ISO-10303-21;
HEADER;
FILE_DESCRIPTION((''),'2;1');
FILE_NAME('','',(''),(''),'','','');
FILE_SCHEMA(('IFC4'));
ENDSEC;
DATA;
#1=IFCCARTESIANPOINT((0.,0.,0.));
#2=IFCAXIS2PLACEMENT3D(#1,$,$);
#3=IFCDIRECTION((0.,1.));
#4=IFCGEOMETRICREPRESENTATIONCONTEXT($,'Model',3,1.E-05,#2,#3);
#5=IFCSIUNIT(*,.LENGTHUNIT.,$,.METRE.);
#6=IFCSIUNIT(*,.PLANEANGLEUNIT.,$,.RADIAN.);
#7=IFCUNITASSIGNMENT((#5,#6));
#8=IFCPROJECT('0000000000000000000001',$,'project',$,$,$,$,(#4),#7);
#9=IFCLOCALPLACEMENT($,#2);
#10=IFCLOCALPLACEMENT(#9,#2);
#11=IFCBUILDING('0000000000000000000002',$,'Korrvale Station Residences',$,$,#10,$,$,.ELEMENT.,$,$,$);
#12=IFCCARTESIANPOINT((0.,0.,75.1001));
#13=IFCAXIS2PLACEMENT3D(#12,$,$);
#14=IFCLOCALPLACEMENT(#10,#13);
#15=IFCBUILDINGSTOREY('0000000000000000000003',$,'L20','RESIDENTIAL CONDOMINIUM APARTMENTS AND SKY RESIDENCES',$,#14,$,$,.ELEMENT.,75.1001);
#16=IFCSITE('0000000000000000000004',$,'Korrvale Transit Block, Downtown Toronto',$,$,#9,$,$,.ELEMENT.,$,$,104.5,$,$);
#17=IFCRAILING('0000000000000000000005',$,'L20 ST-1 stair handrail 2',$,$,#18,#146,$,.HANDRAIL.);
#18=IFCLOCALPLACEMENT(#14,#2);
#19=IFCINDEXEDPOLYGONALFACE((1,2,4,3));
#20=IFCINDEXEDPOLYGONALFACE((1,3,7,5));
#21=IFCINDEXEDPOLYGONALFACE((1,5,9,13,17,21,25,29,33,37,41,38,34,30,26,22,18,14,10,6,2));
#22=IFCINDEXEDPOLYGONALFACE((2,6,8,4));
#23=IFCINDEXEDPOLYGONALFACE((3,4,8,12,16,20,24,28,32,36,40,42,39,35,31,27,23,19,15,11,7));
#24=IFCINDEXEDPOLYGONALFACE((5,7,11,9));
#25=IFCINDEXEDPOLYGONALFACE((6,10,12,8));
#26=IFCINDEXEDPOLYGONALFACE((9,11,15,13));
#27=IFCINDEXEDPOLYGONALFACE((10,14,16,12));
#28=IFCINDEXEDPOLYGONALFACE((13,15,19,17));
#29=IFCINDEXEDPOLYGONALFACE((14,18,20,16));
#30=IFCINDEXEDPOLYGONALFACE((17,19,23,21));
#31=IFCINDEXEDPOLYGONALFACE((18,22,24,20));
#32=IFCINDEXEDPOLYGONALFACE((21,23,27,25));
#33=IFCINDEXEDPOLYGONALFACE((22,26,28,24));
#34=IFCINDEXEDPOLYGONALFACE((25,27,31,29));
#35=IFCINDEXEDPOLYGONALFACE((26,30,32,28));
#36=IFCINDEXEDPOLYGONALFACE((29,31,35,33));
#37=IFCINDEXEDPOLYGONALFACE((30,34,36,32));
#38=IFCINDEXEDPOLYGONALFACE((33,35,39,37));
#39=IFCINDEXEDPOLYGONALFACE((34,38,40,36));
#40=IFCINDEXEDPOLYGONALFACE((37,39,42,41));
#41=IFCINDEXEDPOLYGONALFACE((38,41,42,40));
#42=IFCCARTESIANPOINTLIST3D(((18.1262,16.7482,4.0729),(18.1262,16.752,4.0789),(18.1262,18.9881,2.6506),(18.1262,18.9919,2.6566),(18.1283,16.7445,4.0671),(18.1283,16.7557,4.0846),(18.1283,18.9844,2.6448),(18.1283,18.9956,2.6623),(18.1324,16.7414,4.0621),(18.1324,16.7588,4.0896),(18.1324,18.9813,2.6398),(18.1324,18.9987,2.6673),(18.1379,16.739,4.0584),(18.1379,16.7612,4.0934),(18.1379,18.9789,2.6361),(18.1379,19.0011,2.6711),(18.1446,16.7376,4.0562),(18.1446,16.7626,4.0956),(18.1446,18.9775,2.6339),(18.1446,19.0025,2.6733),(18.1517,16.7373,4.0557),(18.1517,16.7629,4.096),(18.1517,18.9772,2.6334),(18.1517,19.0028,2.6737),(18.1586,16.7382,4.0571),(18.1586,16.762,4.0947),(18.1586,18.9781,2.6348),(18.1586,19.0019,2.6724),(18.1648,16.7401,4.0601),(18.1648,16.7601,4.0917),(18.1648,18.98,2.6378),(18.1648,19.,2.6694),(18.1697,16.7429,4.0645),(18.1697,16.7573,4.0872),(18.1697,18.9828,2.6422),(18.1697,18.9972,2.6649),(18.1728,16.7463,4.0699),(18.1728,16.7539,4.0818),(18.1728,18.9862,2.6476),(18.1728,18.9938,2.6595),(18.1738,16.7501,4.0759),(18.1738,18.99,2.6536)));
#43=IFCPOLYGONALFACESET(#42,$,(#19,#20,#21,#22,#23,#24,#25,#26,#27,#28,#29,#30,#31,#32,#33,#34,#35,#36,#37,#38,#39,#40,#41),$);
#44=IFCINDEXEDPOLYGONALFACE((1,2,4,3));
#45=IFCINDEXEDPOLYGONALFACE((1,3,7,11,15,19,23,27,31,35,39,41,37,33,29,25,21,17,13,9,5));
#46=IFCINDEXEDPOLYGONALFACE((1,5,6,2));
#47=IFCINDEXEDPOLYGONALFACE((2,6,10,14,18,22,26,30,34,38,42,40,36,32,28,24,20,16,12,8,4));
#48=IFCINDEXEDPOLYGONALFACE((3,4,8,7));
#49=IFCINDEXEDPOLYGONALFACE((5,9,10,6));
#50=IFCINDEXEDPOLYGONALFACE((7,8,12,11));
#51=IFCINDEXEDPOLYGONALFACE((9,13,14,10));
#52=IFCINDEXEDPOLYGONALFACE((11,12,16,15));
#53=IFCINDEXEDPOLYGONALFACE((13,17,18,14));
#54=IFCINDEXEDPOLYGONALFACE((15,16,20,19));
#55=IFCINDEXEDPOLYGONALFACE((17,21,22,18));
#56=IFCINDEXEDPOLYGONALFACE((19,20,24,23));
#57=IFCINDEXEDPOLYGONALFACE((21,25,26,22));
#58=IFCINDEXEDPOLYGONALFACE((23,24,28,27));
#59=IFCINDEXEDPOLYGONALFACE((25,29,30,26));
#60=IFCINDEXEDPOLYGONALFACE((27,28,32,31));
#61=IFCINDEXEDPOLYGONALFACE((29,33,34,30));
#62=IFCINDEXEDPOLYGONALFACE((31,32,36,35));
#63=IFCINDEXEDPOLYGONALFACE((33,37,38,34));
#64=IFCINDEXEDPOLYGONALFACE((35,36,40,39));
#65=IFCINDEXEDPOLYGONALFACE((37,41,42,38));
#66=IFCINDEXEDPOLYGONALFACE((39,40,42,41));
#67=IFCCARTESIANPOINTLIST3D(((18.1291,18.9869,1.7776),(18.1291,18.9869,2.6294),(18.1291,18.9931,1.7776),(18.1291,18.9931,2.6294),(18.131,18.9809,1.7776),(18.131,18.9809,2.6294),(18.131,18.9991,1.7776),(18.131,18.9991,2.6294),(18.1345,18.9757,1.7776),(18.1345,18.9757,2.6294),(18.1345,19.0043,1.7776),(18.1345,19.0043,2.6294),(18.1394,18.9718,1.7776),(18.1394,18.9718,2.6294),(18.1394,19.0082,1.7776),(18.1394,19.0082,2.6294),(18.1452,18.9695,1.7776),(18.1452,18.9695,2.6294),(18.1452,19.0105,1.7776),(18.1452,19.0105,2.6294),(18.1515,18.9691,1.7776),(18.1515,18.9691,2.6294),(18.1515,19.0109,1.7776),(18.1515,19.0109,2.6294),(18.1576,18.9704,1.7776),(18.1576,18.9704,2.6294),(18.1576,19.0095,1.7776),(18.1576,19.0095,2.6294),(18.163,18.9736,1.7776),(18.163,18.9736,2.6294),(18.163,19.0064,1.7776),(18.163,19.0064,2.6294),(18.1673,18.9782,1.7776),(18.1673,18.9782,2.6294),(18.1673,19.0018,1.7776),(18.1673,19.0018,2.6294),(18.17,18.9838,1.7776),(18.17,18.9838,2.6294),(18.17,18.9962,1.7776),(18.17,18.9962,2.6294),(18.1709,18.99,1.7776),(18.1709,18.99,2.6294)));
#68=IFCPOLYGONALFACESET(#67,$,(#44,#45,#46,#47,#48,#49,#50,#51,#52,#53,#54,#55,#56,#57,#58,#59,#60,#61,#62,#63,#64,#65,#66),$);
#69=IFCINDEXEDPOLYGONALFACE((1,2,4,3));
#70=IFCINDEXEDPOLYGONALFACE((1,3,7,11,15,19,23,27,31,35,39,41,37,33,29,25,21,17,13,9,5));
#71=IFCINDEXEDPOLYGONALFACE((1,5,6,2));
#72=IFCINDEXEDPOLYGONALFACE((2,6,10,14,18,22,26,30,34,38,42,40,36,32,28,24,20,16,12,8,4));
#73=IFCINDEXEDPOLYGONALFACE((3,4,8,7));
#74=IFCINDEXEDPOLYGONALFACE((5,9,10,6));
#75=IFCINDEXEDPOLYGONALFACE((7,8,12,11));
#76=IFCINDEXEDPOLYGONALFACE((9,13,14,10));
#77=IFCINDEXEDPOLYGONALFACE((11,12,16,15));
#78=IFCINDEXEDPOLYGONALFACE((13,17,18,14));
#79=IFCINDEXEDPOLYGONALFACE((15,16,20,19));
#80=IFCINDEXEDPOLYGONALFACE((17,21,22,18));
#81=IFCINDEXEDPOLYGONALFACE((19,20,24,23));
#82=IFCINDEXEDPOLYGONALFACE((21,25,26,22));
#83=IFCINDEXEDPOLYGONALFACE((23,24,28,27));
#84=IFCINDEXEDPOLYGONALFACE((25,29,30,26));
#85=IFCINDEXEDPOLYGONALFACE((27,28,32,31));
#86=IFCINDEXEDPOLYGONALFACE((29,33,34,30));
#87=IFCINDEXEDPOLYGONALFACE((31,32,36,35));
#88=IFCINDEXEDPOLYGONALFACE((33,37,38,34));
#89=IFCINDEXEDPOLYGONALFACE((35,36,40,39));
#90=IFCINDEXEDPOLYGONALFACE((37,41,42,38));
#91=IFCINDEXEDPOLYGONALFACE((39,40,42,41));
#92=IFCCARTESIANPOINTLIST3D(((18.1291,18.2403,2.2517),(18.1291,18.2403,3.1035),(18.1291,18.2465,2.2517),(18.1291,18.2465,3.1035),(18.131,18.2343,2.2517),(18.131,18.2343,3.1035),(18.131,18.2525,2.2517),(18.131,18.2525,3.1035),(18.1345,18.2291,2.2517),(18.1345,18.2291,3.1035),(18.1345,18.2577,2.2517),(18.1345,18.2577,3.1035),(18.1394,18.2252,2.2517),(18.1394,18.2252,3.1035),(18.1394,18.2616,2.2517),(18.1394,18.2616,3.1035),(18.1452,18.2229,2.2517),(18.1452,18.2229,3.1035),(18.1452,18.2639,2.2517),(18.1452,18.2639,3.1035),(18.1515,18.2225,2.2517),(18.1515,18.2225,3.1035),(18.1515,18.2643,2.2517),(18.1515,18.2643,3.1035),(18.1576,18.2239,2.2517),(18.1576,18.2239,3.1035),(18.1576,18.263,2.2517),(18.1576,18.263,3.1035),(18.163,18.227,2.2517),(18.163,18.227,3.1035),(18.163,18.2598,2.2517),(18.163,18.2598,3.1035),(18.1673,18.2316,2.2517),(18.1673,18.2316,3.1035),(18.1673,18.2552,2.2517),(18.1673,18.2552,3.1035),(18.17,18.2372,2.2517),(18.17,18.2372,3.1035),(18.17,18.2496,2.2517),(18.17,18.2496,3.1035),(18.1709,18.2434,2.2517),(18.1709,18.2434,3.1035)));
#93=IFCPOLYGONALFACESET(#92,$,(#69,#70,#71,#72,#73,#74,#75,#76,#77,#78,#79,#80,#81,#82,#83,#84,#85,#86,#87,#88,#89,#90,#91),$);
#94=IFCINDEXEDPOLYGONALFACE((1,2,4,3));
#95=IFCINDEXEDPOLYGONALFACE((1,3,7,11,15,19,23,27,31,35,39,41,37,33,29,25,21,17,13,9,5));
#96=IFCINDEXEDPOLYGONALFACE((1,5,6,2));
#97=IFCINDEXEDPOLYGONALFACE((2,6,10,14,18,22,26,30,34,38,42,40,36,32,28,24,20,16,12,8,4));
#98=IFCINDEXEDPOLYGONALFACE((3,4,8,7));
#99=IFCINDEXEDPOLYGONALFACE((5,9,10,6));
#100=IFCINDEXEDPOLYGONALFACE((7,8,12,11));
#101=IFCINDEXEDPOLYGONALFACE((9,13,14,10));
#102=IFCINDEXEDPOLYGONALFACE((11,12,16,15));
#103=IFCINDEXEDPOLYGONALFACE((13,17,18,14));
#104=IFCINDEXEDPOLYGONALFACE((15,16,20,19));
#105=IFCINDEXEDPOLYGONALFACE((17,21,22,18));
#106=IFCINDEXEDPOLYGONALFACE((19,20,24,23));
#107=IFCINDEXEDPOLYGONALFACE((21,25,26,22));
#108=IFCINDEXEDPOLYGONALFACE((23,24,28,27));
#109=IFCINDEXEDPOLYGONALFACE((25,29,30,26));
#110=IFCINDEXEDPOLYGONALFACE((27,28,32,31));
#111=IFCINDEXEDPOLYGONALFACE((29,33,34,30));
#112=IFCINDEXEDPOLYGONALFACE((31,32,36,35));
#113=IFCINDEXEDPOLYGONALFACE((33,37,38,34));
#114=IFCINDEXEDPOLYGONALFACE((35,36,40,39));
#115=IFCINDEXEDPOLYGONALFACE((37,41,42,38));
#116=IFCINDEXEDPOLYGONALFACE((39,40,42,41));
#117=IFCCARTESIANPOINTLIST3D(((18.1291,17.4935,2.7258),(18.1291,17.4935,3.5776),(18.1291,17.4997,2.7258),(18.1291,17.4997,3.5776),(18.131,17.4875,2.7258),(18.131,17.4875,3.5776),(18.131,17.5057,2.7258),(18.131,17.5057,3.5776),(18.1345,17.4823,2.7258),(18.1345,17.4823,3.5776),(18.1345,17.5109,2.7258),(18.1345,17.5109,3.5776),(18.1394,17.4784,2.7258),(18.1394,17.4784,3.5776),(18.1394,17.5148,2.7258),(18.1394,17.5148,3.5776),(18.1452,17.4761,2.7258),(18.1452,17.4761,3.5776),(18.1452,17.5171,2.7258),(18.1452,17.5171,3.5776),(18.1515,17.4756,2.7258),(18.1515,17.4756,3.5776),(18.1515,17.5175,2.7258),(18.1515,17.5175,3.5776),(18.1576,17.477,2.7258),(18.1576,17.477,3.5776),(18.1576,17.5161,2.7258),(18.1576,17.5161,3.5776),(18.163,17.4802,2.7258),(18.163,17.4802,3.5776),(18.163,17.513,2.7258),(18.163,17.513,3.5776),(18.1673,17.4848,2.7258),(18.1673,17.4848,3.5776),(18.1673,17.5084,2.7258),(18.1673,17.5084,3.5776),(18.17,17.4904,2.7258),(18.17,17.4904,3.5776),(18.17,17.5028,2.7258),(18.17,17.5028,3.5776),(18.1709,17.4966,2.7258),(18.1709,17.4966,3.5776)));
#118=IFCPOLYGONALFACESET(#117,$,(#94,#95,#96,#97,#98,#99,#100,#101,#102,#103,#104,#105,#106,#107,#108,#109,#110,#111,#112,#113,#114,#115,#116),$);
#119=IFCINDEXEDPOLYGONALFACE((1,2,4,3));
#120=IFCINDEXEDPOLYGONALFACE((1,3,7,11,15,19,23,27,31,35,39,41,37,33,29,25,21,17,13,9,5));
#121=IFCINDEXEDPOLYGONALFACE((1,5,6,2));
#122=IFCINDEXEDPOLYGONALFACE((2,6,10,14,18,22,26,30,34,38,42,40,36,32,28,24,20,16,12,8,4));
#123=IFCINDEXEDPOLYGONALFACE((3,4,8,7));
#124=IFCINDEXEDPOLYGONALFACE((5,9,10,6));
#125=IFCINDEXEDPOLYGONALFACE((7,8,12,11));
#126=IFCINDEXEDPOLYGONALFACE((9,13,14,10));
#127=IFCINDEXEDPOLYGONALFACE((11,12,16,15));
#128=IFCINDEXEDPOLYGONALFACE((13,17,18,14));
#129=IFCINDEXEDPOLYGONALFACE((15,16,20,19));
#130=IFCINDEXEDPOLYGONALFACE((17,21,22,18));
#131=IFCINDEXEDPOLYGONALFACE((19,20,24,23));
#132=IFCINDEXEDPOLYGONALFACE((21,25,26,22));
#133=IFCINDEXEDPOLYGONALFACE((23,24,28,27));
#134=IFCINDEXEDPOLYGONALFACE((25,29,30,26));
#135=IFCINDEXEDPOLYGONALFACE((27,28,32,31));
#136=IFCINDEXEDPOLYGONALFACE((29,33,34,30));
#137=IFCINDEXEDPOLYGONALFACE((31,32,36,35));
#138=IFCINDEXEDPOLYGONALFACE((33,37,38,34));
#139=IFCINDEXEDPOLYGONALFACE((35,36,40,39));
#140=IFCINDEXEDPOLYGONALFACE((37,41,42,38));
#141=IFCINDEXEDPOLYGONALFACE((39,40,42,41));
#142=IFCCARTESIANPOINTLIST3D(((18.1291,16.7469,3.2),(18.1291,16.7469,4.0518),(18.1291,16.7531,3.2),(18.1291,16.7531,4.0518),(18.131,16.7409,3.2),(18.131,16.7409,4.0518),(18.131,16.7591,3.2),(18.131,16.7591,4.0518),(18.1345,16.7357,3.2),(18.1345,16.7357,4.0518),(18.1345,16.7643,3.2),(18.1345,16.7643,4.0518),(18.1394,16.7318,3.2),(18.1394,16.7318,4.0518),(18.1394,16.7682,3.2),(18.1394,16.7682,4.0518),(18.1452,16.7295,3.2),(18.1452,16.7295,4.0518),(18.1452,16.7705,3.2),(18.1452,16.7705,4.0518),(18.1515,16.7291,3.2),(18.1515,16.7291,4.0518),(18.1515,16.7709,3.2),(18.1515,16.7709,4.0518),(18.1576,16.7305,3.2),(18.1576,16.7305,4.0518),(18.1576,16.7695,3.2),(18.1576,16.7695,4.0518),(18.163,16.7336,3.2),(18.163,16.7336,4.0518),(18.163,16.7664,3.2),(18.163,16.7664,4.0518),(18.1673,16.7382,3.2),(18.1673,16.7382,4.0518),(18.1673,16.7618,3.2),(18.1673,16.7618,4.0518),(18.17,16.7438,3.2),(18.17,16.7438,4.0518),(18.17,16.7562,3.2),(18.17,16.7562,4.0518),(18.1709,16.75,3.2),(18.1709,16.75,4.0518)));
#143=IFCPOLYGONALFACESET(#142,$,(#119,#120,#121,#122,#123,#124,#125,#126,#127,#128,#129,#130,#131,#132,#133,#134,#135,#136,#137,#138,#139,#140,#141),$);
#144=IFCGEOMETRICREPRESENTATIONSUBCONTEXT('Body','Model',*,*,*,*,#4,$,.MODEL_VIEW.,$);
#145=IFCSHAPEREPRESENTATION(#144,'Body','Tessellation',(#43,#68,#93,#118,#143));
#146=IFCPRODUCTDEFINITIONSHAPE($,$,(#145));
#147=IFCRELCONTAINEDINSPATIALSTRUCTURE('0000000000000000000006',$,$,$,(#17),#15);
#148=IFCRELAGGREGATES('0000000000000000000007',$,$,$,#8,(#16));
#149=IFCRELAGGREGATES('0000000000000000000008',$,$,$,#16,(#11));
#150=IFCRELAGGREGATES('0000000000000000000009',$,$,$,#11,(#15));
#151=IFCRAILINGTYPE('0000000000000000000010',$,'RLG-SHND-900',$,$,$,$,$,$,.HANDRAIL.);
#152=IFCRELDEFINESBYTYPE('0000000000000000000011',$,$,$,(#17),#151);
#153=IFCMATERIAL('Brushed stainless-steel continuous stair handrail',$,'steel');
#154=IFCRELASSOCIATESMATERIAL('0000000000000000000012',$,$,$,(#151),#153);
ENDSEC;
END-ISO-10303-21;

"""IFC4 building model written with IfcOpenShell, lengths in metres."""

from ifc_helpers import new_model, si_unit, direction, frame, origin, origin_2d, place, context, subcontext, project, spatial, circle, extrude, material, type_object, element, save


model = new_model("IFC4")

# Units and contexts
model_context = context("Model", 3, precision=1e-05, world=origin(), true_north=direction((0.0, 1.0)))
body_context = subcontext(model_context, "Body", "Model", "MODEL_VIEW")
ifc_project = project(units=[si_unit("LENGTHUNIT", "METRE"), si_unit("PLANEANGLEUNIT", "RADIAN")], contexts=[model_context])

# Site, building, storey
site_placement = place(None, origin())
site = spatial("IfcSite", under=ifc_project, at=site_placement, Name="Korrvale Transit Block, Downtown Toronto", CompositionType="ELEMENT", RefElevation=104.5)
building_placement = place(site_placement, origin())
building = spatial("IfcBuilding", under=site, at=building_placement, Name="Korrvale Station Residences", CompositionType="ELEMENT")
storey_placement = place(building_placement, frame((0.0, 0.0, 75.1001)))
storey = spatial("IfcBuildingStorey", under=building, at=storey_placement, Name="L20", Description="RESIDENTIAL CONDOMINIUM APARTMENTS AND SKY RESIDENCES", CompositionType="ELEMENT", Elevation=75.1001)

# Railing
ifc_material_1 = material(Name="Brushed stainless-steel continuous stair handrail", Category="steel")
railing_type_1 = type_object("IfcRailingType", Name="RLG-SHND-900", PredefinedType="HANDRAIL", material=ifc_material_1)
railing_1_placement = place(storey_placement, frame((18.1499, 18.99, 1.7776)))
element("IfcRailing", 1, at=railing_1_placement, inside=storey, type_object=railing_type_1, Name="L20 ST-1 stair handrail 2", PredefinedType="HANDRAIL", context=body_context, shape_type="SweptSolid", body=[
    extrude(circle(Radius=0.0239, at=origin_2d()), frame((0.0, 0.0, 0.876), z_axis=(0.0, -0.844188, 0.536048), x_axis=(1.0, 0.0, 0.0)), (0.0, 0.0, 1.0), 2.6533),
    extrude(circle(Radius=0.021, at=origin_2d()), origin(), (0.0, 0.0, 1.0), 0.8518),
    extrude(circle(Radius=0.021, at=origin_2d()), frame((0.0, -0.7466, 0.4741)), (0.0, 0.0, 1.0), 0.8518),
    extrude(circle(Radius=0.021, at=origin_2d()), frame((0.0, -1.4934, 0.9482)), (0.0, 0.0, 1.0), 0.8518),
    extrude(circle(Radius=0.021, at=origin_2d()), frame((0.0, -2.24, 1.4224)), (0.0, 0.0, 1.0), 0.8518),
])

save(model, "model.ifc")
